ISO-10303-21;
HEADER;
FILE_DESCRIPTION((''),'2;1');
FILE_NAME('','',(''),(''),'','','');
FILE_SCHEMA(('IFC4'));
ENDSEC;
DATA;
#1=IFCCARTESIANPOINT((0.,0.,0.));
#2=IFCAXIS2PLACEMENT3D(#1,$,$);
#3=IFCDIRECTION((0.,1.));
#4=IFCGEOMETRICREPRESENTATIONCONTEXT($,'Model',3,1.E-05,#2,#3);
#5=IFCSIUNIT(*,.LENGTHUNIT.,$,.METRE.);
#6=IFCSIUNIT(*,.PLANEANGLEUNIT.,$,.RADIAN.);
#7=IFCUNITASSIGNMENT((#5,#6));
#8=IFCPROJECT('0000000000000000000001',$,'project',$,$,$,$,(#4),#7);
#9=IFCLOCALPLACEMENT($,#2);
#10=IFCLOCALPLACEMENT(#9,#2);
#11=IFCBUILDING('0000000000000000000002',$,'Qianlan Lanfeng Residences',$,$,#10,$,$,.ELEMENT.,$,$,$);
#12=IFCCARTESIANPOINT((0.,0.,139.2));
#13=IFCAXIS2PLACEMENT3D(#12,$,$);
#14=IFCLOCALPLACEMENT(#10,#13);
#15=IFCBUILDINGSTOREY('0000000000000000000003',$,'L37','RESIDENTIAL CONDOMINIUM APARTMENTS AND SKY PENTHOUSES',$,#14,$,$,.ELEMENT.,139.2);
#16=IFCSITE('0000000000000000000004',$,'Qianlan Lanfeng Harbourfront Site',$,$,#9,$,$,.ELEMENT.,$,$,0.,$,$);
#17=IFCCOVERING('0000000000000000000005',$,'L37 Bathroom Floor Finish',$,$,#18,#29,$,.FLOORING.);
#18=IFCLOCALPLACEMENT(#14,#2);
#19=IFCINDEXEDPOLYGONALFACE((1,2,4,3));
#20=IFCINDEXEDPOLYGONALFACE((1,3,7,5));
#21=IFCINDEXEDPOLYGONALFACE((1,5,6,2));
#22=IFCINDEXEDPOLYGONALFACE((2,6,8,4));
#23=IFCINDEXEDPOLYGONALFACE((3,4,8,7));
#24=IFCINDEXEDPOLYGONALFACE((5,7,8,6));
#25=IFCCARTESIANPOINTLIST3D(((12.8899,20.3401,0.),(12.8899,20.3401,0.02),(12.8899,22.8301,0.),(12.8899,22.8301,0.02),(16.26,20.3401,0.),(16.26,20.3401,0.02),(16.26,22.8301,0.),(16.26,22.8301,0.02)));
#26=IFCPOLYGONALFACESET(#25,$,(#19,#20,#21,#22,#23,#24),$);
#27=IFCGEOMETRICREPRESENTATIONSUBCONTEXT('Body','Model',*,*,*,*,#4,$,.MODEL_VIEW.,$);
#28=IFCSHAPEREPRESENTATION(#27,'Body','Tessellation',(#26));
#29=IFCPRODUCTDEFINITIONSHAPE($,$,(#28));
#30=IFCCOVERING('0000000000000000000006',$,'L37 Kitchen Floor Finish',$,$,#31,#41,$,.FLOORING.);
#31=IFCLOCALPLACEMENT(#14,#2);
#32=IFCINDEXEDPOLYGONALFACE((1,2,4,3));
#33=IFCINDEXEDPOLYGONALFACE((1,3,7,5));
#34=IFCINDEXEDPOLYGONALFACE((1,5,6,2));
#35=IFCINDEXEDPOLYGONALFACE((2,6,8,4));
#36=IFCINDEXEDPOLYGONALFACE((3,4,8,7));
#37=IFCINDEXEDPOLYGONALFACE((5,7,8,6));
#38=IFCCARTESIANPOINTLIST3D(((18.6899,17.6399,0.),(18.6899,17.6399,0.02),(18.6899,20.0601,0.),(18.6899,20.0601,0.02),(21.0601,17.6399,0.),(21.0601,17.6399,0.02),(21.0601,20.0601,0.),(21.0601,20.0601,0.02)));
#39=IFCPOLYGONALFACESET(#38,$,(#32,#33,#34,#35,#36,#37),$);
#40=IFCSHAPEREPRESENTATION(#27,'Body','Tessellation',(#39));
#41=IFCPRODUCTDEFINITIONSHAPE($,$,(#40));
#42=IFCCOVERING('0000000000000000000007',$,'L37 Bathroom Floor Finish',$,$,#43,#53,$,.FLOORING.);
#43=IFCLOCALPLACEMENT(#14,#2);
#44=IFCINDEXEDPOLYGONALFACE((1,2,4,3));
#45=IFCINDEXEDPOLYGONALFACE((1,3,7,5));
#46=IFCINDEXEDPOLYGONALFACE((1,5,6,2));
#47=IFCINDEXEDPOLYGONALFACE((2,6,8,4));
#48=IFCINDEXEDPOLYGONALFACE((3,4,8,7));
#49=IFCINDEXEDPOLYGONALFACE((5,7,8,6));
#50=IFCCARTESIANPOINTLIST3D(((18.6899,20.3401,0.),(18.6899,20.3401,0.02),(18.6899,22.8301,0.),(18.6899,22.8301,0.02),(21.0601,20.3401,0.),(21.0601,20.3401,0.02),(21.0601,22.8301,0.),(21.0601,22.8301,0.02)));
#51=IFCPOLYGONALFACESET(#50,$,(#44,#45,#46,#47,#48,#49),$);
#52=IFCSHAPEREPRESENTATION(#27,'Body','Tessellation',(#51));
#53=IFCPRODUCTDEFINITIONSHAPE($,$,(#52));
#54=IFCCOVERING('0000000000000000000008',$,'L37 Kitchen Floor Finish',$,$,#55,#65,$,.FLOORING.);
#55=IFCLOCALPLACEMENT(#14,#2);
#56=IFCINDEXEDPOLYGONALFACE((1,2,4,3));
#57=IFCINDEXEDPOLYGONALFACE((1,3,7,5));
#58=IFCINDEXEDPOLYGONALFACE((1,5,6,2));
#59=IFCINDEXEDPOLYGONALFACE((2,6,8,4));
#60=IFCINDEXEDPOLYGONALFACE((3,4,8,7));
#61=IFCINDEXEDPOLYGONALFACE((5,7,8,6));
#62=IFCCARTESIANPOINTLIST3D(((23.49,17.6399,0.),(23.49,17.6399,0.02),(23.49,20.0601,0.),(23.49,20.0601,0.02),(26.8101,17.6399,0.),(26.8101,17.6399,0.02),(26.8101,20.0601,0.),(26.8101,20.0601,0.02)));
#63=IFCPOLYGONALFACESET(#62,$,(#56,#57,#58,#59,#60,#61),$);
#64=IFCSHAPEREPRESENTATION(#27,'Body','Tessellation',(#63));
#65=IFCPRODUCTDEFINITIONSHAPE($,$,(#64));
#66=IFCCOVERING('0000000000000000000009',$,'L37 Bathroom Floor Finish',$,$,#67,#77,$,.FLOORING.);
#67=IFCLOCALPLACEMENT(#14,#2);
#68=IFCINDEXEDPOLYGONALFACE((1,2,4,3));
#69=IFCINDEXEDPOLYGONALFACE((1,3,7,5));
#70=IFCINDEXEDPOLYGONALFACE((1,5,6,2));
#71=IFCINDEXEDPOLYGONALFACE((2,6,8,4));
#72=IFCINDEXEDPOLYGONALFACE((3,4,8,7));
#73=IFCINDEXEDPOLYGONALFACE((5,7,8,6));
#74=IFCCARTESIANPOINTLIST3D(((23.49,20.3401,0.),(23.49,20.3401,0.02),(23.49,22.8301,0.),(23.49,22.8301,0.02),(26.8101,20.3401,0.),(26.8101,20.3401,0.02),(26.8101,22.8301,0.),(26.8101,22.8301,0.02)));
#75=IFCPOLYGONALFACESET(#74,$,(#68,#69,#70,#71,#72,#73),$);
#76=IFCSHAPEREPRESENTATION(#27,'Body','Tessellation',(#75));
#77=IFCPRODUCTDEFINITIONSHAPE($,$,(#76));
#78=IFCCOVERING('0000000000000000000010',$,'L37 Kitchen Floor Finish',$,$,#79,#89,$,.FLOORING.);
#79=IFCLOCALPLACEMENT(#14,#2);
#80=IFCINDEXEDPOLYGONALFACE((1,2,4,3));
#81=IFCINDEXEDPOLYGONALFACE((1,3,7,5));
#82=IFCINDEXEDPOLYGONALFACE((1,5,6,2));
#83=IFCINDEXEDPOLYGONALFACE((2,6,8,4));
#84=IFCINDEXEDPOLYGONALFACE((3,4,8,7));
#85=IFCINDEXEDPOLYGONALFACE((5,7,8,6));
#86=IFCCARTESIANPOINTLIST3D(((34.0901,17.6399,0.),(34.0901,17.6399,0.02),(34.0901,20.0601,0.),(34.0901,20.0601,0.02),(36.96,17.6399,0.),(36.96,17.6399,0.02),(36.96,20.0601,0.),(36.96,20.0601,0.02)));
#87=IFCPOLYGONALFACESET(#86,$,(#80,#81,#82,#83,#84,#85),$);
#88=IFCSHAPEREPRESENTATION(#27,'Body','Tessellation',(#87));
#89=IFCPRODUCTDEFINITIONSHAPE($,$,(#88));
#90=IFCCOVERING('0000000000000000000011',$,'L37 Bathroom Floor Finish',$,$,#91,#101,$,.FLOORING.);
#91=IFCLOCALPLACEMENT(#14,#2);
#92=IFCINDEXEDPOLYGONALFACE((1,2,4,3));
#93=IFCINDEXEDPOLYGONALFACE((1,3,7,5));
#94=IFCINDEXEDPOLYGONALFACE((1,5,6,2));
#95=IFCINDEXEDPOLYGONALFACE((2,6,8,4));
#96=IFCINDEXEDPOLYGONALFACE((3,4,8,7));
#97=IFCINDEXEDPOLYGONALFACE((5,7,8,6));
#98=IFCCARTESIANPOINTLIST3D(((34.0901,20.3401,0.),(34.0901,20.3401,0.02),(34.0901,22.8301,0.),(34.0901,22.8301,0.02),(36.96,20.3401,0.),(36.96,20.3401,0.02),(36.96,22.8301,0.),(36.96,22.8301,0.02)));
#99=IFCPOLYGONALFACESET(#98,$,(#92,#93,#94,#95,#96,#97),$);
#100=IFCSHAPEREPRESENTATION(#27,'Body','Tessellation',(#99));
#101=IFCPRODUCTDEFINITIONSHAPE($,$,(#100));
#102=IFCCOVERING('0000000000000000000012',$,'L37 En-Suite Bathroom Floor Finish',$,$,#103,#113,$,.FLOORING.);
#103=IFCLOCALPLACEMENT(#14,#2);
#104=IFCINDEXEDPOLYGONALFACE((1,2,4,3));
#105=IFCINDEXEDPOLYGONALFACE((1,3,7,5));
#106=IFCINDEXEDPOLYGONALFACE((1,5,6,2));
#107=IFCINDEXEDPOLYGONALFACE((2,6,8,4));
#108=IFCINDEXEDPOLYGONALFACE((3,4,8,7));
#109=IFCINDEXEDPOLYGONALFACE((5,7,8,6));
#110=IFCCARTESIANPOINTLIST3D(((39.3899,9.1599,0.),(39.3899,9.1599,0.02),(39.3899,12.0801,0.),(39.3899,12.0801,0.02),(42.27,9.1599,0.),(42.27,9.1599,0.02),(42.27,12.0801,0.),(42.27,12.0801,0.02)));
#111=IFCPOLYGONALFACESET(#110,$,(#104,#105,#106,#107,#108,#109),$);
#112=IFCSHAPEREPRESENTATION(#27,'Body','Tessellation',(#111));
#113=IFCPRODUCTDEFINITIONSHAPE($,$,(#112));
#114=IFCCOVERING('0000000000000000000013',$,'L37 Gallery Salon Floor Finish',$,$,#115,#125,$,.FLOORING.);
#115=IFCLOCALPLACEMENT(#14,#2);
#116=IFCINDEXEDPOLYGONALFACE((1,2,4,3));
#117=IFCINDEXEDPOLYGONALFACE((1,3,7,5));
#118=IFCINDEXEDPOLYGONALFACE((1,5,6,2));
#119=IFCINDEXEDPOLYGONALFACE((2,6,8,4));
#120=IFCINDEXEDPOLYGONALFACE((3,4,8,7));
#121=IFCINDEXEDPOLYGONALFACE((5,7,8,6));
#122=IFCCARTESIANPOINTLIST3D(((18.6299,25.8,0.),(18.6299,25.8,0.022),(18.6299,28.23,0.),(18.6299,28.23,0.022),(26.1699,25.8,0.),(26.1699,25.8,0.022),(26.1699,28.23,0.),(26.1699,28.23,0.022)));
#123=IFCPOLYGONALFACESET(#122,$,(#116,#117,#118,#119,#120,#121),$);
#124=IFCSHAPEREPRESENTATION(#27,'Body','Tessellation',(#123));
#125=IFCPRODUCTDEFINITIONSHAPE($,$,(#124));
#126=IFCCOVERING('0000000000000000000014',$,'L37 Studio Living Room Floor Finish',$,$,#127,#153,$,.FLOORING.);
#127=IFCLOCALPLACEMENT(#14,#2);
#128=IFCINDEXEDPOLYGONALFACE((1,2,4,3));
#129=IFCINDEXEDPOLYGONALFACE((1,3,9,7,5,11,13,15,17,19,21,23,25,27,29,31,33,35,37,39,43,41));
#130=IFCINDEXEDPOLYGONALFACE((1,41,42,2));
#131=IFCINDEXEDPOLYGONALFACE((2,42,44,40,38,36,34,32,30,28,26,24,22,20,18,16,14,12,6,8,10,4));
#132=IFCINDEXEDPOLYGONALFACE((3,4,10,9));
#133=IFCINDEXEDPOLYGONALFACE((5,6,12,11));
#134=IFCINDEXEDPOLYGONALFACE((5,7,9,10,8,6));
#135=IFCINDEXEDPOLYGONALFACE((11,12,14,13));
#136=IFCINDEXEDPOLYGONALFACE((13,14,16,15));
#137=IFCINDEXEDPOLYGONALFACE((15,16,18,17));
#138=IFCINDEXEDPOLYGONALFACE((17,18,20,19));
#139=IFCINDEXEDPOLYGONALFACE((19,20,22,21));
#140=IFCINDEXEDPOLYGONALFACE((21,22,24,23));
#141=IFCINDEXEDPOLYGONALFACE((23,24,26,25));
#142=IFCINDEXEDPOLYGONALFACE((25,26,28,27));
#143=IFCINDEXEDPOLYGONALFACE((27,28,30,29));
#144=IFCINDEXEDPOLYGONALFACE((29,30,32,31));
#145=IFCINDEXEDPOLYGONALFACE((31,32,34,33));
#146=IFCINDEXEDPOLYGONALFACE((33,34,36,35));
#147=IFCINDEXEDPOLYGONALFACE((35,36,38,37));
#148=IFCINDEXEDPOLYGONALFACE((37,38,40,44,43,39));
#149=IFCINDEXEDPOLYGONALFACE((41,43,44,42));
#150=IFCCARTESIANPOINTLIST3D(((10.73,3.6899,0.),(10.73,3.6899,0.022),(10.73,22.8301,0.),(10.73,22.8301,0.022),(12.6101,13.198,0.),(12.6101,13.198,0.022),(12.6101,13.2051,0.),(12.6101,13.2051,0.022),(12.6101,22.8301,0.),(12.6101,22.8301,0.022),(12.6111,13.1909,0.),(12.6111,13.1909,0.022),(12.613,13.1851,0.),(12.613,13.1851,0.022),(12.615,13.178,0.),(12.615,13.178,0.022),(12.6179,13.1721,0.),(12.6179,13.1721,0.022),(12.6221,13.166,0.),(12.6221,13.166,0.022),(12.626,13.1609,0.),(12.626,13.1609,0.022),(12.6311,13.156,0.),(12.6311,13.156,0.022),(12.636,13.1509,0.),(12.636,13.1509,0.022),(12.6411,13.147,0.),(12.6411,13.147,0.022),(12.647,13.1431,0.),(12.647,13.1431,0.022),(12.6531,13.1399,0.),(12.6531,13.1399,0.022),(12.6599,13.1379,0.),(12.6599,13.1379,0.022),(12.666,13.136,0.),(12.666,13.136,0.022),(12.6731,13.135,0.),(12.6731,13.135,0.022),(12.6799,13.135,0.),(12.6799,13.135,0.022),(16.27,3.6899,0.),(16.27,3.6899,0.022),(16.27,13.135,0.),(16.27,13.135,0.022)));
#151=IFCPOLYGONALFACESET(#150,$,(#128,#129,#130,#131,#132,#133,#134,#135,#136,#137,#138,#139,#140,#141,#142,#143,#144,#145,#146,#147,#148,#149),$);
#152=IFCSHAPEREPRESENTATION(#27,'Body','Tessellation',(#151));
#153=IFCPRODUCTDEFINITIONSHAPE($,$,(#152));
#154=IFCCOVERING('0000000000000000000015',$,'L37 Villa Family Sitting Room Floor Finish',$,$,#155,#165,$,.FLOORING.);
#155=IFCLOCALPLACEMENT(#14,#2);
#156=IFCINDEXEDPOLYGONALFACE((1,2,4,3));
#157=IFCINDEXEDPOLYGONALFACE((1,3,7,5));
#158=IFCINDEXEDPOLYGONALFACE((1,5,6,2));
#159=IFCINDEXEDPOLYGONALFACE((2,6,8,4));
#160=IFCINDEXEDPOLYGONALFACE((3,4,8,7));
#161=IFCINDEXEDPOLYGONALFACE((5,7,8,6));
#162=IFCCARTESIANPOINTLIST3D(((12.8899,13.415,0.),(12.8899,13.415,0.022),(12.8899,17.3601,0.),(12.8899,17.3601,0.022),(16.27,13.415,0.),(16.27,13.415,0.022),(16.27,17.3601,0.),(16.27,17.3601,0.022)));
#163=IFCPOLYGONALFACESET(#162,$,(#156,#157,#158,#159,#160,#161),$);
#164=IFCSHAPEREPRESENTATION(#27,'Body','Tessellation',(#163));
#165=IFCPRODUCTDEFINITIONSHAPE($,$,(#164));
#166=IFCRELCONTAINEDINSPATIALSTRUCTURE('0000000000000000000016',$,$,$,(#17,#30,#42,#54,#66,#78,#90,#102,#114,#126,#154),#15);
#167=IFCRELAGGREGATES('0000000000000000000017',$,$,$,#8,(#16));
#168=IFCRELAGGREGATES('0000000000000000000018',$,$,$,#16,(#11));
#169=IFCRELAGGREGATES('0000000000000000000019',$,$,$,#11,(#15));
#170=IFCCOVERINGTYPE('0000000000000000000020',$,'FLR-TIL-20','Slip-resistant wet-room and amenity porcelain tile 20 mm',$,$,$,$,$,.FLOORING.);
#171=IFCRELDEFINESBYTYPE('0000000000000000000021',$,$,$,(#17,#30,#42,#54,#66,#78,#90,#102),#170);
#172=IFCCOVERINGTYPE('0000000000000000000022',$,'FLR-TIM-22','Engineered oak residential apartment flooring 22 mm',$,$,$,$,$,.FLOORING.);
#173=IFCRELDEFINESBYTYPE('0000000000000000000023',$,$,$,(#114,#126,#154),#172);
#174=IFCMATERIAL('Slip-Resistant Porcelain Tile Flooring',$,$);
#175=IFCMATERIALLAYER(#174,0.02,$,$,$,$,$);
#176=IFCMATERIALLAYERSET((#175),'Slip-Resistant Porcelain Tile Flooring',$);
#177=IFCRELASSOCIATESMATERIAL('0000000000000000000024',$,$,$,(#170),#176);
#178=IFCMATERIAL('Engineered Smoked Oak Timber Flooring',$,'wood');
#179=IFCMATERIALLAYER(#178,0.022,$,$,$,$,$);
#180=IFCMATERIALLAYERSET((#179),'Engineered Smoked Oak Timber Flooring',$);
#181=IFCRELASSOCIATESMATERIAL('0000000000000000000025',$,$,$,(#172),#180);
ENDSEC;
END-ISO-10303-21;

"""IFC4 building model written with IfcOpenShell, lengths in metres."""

from ifc_helpers import new_model, si_unit, direction, frame, origin, place, context, subcontext, project, spatial, polyline, outline, extrude, material, layer, layer_set, type_object, element, save


model = new_model("IFC4")

# Units and contexts
model_context = context("Model", 3, precision=1e-05, world=origin(), true_north=direction((0.0, 1.0)))
body_context = subcontext(model_context, "Body", "Model", "MODEL_VIEW")
ifc_project = project(units=[si_unit("LENGTHUNIT", "METRE"), si_unit("PLANEANGLEUNIT", "RADIAN")], contexts=[model_context])

# Site, building, storey
site_placement = place(None, origin())
site = spatial("IfcSite", under=ifc_project, at=site_placement, Name="Qianlan Lanfeng Harbourfront Site", CompositionType="ELEMENT", RefElevation=0.0)
building_placement = place(site_placement, origin())
building = spatial("IfcBuilding", under=site, at=building_placement, Name="Qianlan Lanfeng Residences", CompositionType="ELEMENT")
storey_placement = place(building_placement, frame((0.0, 0.0, 139.2)))
storey = spatial("IfcBuildingStorey", under=building, at=storey_placement, Name="L37", Description="RESIDENTIAL CONDOMINIUM APARTMENTS AND SKY PENTHOUSES", CompositionType="ELEMENT", Elevation=139.2)

# Coverings
ifc_material_1 = material(Name="Slip-Resistant Porcelain Tile Flooring")
ifc_layer_1 = layer(ifc_material_1, 0.02)
ifc_layer_set_1 = layer_set([ifc_layer_1], Name="Slip-Resistant Porcelain Tile Flooring")
covering_type_1 = type_object("IfcCoveringType", Name="FLR-TIL-20", Description="Slip-resistant wet-room and amenity porcelain tile 20 mm", PredefinedType="FLOORING", material=ifc_layer_set_1)
covering_1_placement = place(storey_placement, origin())
element("IfcCovering", 1, at=covering_1_placement, inside=storey, type_object=covering_type_1, Name="L37 Bathroom Floor Finish", PredefinedType="FLOORING", context=body_context, shape_type="SweptSolid", body=[
    extrude(outline(polyline([(12.8899, 20.3401), (16.26, 20.3401), (16.26, 22.8301), (12.8899, 22.8301), (12.8899, 20.3401)])), origin(), (0.0, 0.0, 1.0), 0.02),
])
covering_2_placement = place(storey_placement, origin())
element("IfcCovering", 2, at=covering_2_placement, inside=storey, type_object=covering_type_1, Name="L37 Kitchen Floor Finish", PredefinedType="FLOORING", context=body_context, shape_type="SweptSolid", body=[
    extrude(outline(polyline([(18.6899, 17.6399), (21.0601, 17.6399), (21.0601, 20.0601), (18.6899, 20.0601), (18.6899, 17.6399)])), origin(), (0.0, 0.0, 1.0), 0.02),
])
covering_3_placement = place(storey_placement, origin())
element("IfcCovering", 3, at=covering_3_placement, inside=storey, type_object=covering_type_1, Name="L37 Bathroom Floor Finish", PredefinedType="FLOORING", context=body_context, shape_type="SweptSolid", body=[
    extrude(outline(polyline([(18.6899, 20.3401), (21.0601, 20.3401), (21.0601, 22.8301), (18.6899, 22.8301), (18.6899, 20.3401)])), origin(), (0.0, 0.0, 1.0), 0.02),
])
covering_4_placement = place(storey_placement, origin())
element("IfcCovering", 4, at=covering_4_placement, inside=storey, type_object=covering_type_1, Name="L37 Kitchen Floor Finish", PredefinedType="FLOORING", context=body_context, shape_type="SweptSolid", body=[
    extrude(outline(polyline([(23.49, 17.6399), (26.8101, 17.6399), (26.8101, 20.0601), (23.49, 20.0601), (23.49, 17.6399)])), origin(), (0.0, 0.0, 1.0), 0.02),
])
covering_5_placement = place(storey_placement, origin())
element("IfcCovering", 5, at=covering_5_placement, inside=storey, type_object=covering_type_1, Name="L37 Bathroom Floor Finish", PredefinedType="FLOORING", context=body_context, shape_type="SweptSolid", body=[
    extrude(outline(polyline([(23.49, 20.3401), (26.8101, 20.3401), (26.8101, 22.8301), (23.49, 22.8301), (23.49, 20.3401)])), origin(), (0.0, 0.0, 1.0), 0.02),
])
covering_6_placement = place(storey_placement, origin())
element("IfcCovering", 6, at=covering_6_placement, inside=storey, type_object=covering_type_1, Name="L37 Kitchen Floor Finish", PredefinedType="FLOORING", context=body_context, shape_type="SweptSolid", body=[
    extrude(outline(polyline([(34.0901, 17.6399), (36.96, 17.6399), (36.96, 20.0601), (34.0901, 20.0601), (34.0901, 17.6399)])), origin(), (0.0, 0.0, 1.0), 0.02),
])
covering_7_placement = place(storey_placement, origin())
element("IfcCovering", 7, at=covering_7_placement, inside=storey, type_object=covering_type_1, Name="L37 Bathroom Floor Finish", PredefinedType="FLOORING", context=body_context, shape_type="SweptSolid", body=[
    extrude(outline(polyline([(34.0901, 20.3401), (36.96, 20.3401), (36.96, 22.8301), (34.0901, 22.8301), (34.0901, 20.3401)])), origin(), (0.0, 0.0, 1.0), 0.02),
])
covering_8_placement = place(storey_placement, origin())
element("IfcCovering", 8, at=covering_8_placement, inside=storey, type_object=covering_type_1, Name="L37 En-Suite Bathroom Floor Finish", PredefinedType="FLOORING", context=body_context, shape_type="SweptSolid", body=[
    extrude(outline(polyline([(39.3899, 9.1599), (42.27, 9.1599), (42.27, 12.0801), (39.3899, 12.0801), (39.3899, 9.1599)])), origin(), (0.0, 0.0, 1.0), 0.02),
])
ifc_material_2 = material(Name="Engineered Smoked Oak Timber Flooring", Category="wood")
ifc_layer_2 = layer(ifc_material_2, 0.022)
ifc_layer_set_2 = layer_set([ifc_layer_2], Name="Engineered Smoked Oak Timber Flooring")
covering_type_2 = type_object("IfcCoveringType", Name="FLR-TIM-22", Description="Engineered oak residential apartment flooring 22 mm", PredefinedType="FLOORING", material=ifc_layer_set_2)
covering_9_placement = place(storey_placement, origin())
element("IfcCovering", 9, at=covering_9_placement, inside=storey, type_object=covering_type_2, Name="L37 Gallery Salon Floor Finish", PredefinedType="FLOORING", context=body_context, shape_type="SweptSolid", body=[
    extrude(outline(polyline([(18.6299, 25.8), (26.1699, 25.8), (26.1699, 28.23), (18.6299, 28.23), (18.6299, 25.8)])), origin(), (0.0, 0.0, 1.0), 0.022),
])
covering_10_placement = place(storey_placement, origin())
element("IfcCovering", 10, at=covering_10_placement, inside=storey, type_object=covering_type_2, Name="L37 Studio Living Room Floor Finish", PredefinedType="FLOORING", context=body_context, shape_type="SweptSolid", body=[
    extrude(outline(polyline([(16.27, 3.6899), (16.27, 13.135), (12.6799, 13.135), (12.6731, 13.135), (12.666, 13.136), (12.6599, 13.1379), (12.6531, 13.1399), (12.647, 13.1431), (12.6411, 13.147), (12.636, 13.1509), (12.6311, 13.156), (12.626, 13.1609), (12.6221, 13.166), (12.6179, 13.1721), (12.615, 13.178), (12.613, 13.1851), (12.6111, 13.1909), (12.6101, 13.198), (12.6101, 13.2051), (12.6101, 22.8301), (10.73, 22.8301), (10.73, 3.6899), (16.27, 3.6899)])), origin(), (0.0, 0.0, 1.0), 0.022),
])
covering_11_placement = place(storey_placement, origin())
element("IfcCovering", 11, at=covering_11_placement, inside=storey, type_object=covering_type_2, Name="L37 Villa Family Sitting Room Floor Finish", PredefinedType="FLOORING", context=body_context, shape_type="SweptSolid", body=[
    extrude(outline(polyline([(12.8899, 17.3601), (12.8899, 13.415), (16.27, 13.415), (16.27, 17.3601), (12.8899, 17.3601)])), origin(), (0.0, 0.0, 1.0), 0.022),
])

save(model, "model.ifc")
